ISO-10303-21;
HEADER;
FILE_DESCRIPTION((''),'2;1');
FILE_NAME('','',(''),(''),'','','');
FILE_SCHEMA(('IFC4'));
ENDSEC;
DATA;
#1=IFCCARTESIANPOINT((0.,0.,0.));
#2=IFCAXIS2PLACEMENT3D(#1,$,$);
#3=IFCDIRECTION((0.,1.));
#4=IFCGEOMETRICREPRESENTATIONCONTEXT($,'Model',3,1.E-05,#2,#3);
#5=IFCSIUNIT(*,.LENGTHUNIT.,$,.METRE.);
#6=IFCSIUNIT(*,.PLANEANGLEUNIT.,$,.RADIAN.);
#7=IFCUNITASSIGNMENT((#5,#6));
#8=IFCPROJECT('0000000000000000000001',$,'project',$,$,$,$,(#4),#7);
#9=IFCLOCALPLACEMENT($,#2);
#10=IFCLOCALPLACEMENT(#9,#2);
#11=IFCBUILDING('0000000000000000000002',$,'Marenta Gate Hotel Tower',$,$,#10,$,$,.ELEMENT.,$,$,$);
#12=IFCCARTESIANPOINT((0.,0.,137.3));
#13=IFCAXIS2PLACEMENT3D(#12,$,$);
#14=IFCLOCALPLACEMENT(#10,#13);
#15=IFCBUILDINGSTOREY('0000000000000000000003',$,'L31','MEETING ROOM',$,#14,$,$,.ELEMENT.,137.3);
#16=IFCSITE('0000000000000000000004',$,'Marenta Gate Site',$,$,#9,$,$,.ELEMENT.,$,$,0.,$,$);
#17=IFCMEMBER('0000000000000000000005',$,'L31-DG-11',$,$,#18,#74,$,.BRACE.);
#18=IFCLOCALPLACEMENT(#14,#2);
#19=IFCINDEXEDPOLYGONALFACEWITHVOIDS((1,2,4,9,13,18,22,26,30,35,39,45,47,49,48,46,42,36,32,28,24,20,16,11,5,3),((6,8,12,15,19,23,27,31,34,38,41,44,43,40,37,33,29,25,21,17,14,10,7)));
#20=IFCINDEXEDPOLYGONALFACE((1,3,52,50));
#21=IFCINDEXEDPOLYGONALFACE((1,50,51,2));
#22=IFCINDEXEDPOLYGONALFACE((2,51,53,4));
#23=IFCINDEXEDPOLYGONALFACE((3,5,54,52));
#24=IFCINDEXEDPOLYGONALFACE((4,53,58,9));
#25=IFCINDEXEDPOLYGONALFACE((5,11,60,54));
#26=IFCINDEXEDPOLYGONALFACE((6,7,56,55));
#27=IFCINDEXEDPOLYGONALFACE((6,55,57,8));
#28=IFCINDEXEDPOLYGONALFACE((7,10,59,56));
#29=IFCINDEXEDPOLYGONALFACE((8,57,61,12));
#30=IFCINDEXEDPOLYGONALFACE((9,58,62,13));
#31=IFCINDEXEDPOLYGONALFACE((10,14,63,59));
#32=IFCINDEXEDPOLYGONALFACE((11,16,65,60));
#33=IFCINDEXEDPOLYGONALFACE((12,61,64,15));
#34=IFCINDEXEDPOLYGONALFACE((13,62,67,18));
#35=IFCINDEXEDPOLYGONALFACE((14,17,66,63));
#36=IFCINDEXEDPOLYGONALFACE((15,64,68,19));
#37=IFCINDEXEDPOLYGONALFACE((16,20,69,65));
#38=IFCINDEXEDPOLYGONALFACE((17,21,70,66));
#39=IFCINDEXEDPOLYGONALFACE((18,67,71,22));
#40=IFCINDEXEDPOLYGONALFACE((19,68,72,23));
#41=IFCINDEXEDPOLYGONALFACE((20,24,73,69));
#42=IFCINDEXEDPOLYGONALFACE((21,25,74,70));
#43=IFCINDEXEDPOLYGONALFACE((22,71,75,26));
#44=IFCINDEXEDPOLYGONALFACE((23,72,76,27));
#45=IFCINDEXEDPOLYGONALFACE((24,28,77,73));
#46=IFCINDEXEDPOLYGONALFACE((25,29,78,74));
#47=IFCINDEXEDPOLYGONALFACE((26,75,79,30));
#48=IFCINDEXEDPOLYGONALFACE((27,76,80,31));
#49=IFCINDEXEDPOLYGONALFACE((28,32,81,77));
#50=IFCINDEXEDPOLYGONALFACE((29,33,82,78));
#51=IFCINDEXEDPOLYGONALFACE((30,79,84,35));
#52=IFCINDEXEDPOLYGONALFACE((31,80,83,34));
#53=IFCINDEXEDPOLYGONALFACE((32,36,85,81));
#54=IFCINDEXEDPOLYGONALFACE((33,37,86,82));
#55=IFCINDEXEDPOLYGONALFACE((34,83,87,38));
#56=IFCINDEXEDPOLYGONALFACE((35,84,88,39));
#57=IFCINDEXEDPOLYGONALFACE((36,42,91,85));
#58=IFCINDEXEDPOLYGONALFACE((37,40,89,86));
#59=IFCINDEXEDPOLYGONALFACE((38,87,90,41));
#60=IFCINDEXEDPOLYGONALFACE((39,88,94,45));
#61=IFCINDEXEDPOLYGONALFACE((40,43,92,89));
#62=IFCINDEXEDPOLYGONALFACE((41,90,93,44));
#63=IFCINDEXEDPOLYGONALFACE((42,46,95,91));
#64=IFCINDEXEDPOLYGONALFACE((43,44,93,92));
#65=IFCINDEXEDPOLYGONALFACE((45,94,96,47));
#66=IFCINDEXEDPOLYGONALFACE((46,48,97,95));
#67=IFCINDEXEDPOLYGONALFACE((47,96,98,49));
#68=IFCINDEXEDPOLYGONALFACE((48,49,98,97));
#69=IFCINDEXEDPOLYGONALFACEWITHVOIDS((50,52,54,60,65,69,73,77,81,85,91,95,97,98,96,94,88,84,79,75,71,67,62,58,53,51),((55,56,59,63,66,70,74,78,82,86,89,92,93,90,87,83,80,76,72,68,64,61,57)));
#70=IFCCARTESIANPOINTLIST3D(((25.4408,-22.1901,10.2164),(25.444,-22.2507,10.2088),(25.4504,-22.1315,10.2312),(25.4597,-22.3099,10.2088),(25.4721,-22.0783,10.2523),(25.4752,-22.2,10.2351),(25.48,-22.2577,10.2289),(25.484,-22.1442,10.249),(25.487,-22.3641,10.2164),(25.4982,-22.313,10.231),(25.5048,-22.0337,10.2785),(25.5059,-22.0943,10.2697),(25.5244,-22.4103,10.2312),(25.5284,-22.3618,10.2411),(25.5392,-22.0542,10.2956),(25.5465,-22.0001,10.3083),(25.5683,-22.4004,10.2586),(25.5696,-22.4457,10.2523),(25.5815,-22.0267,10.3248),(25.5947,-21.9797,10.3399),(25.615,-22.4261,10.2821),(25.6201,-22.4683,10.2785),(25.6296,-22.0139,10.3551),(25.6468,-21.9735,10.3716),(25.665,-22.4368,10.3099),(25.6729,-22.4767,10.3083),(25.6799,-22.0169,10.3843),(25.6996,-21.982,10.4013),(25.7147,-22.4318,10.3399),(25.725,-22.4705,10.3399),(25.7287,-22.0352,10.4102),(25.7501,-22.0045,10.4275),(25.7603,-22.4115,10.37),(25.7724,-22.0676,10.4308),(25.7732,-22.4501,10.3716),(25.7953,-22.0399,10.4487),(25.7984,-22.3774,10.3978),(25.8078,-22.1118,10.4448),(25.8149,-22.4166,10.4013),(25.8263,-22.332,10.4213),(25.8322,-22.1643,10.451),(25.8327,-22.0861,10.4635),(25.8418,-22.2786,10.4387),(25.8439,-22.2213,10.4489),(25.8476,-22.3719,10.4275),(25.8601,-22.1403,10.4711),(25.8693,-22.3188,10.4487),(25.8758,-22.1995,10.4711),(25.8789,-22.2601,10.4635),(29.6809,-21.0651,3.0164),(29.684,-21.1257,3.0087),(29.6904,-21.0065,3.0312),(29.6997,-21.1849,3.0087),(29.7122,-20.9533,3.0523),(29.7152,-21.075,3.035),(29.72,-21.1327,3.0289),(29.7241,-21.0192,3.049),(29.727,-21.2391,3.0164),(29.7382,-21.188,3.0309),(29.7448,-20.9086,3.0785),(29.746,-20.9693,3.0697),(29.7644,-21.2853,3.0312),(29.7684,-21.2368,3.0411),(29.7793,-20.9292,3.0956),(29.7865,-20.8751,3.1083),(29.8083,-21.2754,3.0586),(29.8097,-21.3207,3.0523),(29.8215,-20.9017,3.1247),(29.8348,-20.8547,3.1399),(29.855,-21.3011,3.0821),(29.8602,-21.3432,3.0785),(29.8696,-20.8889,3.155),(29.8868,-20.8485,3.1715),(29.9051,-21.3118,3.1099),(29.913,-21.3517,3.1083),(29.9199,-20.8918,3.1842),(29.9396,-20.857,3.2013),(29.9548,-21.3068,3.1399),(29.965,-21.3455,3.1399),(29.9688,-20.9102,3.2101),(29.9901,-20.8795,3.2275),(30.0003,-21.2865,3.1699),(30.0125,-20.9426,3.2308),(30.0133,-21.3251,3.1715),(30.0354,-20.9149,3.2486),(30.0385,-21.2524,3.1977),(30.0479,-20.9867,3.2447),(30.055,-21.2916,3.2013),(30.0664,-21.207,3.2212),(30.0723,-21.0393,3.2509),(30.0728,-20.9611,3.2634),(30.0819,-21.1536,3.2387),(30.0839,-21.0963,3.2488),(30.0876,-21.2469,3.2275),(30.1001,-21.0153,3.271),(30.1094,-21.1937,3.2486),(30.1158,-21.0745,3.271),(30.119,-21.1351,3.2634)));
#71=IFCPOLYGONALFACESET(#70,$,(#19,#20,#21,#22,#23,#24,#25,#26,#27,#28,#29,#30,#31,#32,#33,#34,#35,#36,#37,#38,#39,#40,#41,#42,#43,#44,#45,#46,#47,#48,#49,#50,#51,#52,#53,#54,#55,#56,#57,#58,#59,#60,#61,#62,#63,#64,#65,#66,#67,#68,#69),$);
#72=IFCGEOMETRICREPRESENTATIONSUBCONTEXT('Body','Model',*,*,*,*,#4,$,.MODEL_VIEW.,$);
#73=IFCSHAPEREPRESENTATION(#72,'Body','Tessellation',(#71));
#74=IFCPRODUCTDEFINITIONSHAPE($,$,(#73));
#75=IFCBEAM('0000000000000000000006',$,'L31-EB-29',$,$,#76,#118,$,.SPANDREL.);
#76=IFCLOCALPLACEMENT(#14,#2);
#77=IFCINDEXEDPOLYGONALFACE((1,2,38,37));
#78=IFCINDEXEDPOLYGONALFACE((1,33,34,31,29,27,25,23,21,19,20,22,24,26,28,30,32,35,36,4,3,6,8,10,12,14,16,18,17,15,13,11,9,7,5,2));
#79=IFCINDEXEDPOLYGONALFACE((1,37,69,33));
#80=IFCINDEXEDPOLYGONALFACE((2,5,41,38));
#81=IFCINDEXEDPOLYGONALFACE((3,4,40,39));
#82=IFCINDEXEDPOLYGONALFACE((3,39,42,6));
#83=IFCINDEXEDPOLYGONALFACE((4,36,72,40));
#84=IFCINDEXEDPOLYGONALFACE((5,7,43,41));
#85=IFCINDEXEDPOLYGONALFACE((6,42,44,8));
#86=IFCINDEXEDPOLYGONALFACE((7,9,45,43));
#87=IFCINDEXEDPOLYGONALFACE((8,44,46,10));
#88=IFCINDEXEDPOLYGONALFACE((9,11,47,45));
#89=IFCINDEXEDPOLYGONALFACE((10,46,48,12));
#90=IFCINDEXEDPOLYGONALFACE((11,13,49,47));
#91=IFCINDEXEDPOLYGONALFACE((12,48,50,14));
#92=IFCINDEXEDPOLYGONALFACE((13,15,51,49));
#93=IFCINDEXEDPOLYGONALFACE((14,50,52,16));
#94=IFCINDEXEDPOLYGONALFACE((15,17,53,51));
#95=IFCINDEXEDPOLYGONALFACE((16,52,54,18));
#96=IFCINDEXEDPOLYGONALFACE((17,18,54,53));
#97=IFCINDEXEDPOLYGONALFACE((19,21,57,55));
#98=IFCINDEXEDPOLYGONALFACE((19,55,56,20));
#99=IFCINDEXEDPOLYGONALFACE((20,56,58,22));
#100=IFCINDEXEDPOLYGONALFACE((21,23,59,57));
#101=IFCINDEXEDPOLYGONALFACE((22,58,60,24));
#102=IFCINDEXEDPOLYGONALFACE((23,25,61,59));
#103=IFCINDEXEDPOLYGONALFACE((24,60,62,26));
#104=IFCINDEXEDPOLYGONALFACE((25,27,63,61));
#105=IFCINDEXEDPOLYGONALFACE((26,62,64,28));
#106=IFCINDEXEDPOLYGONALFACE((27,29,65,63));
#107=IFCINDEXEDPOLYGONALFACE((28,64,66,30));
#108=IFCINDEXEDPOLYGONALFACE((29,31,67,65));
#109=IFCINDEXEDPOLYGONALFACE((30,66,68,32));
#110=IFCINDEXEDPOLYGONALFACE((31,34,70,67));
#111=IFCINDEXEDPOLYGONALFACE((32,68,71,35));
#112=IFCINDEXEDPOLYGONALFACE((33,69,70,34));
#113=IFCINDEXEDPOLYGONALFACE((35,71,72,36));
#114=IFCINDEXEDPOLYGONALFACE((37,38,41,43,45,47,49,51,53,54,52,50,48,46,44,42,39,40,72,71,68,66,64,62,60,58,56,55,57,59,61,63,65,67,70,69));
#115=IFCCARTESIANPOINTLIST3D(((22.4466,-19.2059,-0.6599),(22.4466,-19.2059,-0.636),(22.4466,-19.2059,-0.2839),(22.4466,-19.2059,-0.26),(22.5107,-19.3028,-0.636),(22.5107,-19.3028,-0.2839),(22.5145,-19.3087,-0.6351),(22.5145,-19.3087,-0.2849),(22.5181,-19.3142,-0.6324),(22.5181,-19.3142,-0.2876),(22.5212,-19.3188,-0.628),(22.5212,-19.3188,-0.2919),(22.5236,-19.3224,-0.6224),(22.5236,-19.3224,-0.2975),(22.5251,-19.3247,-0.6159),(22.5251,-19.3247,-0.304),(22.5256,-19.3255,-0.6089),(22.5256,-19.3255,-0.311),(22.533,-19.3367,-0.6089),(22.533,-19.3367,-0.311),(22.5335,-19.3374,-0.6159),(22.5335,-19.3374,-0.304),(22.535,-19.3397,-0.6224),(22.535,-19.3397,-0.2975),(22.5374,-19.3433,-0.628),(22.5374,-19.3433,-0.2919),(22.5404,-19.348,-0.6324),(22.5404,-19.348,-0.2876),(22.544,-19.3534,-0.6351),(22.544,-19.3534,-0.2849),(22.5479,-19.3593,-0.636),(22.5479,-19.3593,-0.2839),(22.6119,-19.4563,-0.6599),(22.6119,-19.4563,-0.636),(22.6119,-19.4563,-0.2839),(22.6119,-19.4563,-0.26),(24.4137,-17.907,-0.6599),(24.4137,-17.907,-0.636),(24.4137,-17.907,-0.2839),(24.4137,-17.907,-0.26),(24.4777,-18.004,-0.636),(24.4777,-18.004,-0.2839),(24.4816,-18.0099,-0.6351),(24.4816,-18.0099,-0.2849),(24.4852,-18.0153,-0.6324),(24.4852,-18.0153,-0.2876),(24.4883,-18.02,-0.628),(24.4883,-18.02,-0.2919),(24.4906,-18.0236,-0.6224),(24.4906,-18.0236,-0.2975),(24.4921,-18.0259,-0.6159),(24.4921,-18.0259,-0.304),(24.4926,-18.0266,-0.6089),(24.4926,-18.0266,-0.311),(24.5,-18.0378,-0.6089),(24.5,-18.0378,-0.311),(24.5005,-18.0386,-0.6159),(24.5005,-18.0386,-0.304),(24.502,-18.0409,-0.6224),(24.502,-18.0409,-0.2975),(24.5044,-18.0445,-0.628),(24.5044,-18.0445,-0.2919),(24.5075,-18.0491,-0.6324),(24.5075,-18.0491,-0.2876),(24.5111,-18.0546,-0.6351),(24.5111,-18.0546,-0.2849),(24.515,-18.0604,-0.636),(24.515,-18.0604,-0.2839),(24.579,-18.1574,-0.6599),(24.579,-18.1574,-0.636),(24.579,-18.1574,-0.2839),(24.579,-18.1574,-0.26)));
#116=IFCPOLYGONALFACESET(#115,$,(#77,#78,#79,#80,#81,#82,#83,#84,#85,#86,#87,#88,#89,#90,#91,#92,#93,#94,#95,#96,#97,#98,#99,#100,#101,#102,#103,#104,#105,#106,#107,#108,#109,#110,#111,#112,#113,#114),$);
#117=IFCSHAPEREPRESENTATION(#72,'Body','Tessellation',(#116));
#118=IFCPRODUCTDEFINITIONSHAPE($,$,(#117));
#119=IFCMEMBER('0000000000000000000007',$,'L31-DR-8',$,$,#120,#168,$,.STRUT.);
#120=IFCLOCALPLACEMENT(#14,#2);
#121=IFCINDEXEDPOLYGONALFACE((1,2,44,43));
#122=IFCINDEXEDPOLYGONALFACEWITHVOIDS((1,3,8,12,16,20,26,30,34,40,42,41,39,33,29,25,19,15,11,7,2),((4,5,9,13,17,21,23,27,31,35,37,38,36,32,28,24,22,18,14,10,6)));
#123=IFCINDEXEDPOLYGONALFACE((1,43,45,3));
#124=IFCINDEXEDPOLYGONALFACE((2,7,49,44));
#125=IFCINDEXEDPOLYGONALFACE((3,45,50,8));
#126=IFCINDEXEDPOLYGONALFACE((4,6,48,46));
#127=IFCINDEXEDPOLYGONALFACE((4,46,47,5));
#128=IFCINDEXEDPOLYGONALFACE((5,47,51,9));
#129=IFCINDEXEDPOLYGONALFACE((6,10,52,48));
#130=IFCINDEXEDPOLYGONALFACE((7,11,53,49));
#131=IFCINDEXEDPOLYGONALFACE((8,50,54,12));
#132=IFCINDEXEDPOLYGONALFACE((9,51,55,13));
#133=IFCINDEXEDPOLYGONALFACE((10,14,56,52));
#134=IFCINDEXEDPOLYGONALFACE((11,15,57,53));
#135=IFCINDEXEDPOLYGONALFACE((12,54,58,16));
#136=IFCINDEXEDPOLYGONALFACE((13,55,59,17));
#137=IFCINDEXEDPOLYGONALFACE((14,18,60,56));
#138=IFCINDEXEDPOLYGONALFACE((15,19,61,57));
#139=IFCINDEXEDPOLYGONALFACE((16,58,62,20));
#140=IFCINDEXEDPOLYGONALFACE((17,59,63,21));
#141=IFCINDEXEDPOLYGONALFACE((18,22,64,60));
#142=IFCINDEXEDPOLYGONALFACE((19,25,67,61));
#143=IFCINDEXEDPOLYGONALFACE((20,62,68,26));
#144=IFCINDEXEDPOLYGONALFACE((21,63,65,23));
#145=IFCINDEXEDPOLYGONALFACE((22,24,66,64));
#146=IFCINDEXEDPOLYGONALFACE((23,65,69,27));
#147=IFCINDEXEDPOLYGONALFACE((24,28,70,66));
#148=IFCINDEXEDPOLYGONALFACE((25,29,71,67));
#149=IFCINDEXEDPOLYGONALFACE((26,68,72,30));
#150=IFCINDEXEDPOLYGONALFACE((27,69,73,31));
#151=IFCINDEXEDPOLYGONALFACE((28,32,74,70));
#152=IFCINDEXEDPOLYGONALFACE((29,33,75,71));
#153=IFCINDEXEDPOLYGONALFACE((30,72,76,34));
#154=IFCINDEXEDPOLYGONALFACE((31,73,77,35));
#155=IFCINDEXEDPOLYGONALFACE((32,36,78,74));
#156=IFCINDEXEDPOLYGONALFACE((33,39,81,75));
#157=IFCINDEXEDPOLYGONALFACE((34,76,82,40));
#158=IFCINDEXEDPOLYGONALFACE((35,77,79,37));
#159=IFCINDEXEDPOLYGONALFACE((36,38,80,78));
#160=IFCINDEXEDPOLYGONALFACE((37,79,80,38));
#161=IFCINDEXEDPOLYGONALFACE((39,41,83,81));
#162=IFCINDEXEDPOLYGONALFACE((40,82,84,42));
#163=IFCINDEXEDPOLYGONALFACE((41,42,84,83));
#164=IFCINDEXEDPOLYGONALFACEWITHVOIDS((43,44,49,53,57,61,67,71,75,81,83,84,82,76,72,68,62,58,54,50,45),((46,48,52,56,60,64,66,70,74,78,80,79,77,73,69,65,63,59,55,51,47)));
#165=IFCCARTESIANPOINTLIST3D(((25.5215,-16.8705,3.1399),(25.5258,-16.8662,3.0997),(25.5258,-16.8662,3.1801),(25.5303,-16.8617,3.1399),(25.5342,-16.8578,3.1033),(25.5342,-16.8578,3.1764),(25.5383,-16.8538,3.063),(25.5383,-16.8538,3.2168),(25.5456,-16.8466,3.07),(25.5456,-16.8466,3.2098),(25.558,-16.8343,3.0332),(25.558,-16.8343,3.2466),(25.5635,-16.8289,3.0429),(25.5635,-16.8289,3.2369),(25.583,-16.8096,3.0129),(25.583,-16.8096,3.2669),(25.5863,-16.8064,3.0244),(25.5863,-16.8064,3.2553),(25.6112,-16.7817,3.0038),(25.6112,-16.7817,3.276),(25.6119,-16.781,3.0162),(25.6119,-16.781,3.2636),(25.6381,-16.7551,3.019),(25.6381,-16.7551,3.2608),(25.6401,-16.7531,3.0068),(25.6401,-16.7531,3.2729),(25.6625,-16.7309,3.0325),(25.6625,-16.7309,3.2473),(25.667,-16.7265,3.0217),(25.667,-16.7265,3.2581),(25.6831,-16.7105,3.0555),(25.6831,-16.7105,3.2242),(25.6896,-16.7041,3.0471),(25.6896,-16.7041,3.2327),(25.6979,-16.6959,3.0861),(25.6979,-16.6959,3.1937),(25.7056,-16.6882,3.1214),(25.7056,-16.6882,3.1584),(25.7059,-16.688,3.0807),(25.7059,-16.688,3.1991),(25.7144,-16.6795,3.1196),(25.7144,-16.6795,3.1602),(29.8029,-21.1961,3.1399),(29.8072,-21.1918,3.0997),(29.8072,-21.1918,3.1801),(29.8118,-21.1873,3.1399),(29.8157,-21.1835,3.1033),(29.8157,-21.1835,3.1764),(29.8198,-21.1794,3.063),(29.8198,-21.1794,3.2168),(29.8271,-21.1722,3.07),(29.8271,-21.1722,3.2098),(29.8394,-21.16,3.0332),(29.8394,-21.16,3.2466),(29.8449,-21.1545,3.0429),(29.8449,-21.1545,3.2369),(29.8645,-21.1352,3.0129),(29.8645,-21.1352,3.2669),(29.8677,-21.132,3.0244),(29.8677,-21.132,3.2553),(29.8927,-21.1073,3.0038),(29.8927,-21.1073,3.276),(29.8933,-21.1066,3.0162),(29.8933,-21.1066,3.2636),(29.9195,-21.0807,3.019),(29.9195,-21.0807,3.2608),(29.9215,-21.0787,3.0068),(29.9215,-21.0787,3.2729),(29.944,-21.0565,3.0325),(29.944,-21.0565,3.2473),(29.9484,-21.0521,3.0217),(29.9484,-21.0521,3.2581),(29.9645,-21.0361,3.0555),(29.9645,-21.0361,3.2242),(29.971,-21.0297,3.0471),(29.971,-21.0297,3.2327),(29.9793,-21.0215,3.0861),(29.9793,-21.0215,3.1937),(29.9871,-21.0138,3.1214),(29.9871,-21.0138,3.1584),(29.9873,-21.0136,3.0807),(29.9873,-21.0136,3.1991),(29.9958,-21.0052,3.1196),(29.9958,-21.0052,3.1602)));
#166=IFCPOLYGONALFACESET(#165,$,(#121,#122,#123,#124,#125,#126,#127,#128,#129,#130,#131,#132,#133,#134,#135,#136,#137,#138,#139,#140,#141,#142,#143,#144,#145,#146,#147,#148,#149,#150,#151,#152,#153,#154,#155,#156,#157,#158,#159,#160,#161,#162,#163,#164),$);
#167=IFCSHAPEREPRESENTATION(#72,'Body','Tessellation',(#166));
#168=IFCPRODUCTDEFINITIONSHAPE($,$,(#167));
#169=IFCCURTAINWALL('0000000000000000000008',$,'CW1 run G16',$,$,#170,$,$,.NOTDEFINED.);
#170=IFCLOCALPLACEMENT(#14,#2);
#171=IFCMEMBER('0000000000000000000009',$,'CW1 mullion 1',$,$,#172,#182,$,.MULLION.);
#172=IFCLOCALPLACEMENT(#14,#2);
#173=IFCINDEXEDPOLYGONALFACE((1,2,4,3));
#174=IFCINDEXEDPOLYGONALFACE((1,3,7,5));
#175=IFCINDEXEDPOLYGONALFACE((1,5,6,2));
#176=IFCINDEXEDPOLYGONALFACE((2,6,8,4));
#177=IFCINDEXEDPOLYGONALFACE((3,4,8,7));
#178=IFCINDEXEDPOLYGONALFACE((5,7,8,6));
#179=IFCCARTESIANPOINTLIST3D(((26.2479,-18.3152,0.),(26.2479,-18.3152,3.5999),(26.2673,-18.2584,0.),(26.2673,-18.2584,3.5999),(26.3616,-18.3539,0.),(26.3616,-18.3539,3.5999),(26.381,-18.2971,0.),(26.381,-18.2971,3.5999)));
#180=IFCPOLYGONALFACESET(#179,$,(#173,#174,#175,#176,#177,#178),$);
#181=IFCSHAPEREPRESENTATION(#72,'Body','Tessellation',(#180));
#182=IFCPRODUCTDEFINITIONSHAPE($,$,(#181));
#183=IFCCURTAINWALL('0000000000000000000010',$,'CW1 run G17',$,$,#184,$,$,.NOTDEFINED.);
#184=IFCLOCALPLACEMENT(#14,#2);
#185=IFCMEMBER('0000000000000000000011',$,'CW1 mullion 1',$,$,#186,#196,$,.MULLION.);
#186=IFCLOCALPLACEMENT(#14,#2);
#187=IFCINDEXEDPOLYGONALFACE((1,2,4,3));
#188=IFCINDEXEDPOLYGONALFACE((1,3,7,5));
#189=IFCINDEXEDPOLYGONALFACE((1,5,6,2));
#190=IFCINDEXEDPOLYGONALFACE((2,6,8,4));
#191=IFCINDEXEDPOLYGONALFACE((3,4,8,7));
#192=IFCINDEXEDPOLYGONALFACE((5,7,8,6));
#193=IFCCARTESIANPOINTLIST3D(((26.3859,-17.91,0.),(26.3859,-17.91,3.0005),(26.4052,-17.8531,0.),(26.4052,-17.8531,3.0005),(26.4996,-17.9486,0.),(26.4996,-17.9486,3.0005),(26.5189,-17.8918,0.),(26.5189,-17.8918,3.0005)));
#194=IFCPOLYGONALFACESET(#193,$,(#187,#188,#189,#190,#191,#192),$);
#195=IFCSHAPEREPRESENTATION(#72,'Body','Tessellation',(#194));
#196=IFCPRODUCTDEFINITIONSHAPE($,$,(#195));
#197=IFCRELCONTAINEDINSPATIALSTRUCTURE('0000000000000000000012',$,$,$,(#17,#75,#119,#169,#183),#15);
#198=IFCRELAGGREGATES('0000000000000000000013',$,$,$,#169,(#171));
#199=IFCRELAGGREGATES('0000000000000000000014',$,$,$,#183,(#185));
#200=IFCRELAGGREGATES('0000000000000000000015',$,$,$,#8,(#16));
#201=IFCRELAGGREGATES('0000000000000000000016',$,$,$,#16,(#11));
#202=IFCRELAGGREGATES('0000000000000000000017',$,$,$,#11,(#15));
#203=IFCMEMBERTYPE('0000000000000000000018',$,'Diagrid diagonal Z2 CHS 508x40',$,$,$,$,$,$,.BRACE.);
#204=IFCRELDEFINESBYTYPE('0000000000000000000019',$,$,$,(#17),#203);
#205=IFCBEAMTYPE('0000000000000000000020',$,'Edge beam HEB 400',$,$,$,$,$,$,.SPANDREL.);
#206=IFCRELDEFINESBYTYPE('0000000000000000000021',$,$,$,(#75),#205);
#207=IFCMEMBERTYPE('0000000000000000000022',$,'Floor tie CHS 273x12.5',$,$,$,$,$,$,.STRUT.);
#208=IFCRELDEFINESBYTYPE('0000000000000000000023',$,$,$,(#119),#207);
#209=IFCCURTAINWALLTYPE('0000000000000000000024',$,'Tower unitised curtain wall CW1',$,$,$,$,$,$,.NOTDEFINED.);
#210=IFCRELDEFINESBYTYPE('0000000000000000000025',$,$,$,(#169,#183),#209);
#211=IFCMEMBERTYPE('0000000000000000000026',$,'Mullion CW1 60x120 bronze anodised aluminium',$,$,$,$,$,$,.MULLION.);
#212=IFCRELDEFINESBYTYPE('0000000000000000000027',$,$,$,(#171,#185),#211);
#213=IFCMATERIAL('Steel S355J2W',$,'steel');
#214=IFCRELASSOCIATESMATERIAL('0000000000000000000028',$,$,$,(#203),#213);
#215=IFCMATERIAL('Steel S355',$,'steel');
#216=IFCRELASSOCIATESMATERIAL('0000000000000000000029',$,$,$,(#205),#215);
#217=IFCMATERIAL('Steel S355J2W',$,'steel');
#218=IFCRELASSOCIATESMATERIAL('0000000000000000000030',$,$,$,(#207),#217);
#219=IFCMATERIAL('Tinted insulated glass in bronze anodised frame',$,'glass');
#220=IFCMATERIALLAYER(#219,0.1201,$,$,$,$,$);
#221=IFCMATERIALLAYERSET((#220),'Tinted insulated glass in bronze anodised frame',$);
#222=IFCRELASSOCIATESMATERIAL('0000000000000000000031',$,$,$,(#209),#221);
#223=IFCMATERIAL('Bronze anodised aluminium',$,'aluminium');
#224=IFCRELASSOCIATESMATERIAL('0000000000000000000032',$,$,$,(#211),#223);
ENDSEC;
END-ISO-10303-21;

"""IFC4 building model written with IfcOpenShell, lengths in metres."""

from ifc_helpers import new_model, si_unit, direction, frame, origin, origin_2d, place, context, subcontext, project, spatial, rectangle, hollow_circle, i_section, extrude, material, layer, layer_set, material_profile, profile_set, type_object, element, aggregate, save


model = new_model("IFC4")

# Units and contexts
model_context = context("Model", 3, precision=1e-05, world=origin(), true_north=direction((0.0, 1.0)))
body_context = subcontext(model_context, "Body", "Model", "MODEL_VIEW")
ifc_project = project(units=[si_unit("LENGTHUNIT", "METRE"), si_unit("PLANEANGLEUNIT", "RADIAN")], contexts=[model_context])

# Site, building, storey
site_placement = place(None, origin())
site = spatial("IfcSite", under=ifc_project, at=site_placement, Name="Marenta Gate Site", CompositionType="ELEMENT", RefElevation=0.0)
building_placement = place(site_placement, origin())
building = spatial("IfcBuilding", under=site, at=building_placement, Name="Marenta Gate Hotel Tower", CompositionType="ELEMENT")
storey_placement = place(building_placement, frame((0.0, 0.0, 137.3)))
storey = spatial("IfcBuildingStorey", under=building, at=storey_placement, Name="L31", Description="MEETING ROOM", CompositionType="ELEMENT", Elevation=137.3)

# Member
ifc_material_1 = material(Name="Steel S355J2W", Category="steel")
ifc_material_profile_1 = material_profile(ifc_material_1, hollow_circle(Radius=0.2539, WallThickness=0.04, at=origin_2d()), Name="CHS 508x40")
ifc_profile_set_1 = profile_set([ifc_material_profile_1], Name="Steel S355J2W")
member_type_1 = type_object("IfcMemberType", Name="Diagrid diagonal Z2 CHS 508x40", PredefinedType="BRACE", material=ifc_profile_set_1)
member_1_placement = place(storey_placement, frame((29.8999, -21.1001, 3.1399), z_axis=(-0.502902, -0.133435, 0.853981), x_axis=(0.256457, -0.966556, 0.0)))
element("IfcMember", 1, at=member_1_placement, inside=storey, type_object=member_type_1, Name="L31-DG-11", PredefinedType="BRACE", context=body_context, shape_type="SweptSolid", body=[
    extrude(hollow_circle(Radius=0.2539, WallThickness=0.04, at=origin_2d()), origin(), (0.0, 0.0, 1.0), 8.4312),
])

# Beam
ifc_material_2 = material(Name="Steel S355", Category="steel")
ifc_material_profile_2 = material_profile(ifc_material_2, i_section(OverallWidth=0.3, OverallDepth=0.3999, WebThickness=0.0134, FlangeThickness=0.0239, FilletRadius=0.0271, at=origin_2d()), Name="HEB 400")
ifc_profile_set_2 = profile_set([ifc_material_profile_2], Name="Steel S355")
beam_type = type_object("IfcBeamType", Name="Edge beam HEB 400", PredefinedType="SPANDREL", material=ifc_profile_set_2)
beam_placement = place(storey_placement, frame((24.4963, -18.0322, -0.46), z_axis=(-0.834496, -0.551014, 0.0), x_axis=(0.551014, -0.834496, 0.0)))
element("IfcBeam", 2, at=beam_placement, inside=storey, type_object=beam_type, Name="L31-EB-29", PredefinedType="SPANDREL", context=body_context, shape_type="SweptSolid", body=[
    extrude(i_section(OverallWidth=0.3, OverallDepth=0.3999, WebThickness=0.0134, FlangeThickness=0.0239, FilletRadius=0.0271, at=origin_2d()), origin(), (0.0, 0.0, 1.0), 2.3572),
])

# Member
ifc_material_3 = material(Name="Steel S355J2W", Category="steel")
ifc_material_profile_3 = material_profile(ifc_material_3, hollow_circle(Radius=0.1365, WallThickness=0.0125, at=origin_2d()), Name="CHS 273x12.5")
ifc_profile_set_3 = profile_set([ifc_material_profile_3], Name="Steel S355J2W")
member_type_2 = type_object("IfcMemberType", Name="Floor tie CHS 273x12.5", PredefinedType="STRUT", material=ifc_profile_set_3)
member_2_placement = place(storey_placement, frame((29.8999, -21.1001, 3.1399), z_axis=(-0.703467, 0.710728, 0.0), x_axis=(-0.710728, -0.703467, 0.0)))
element("IfcMember", 3, at=member_2_placement, inside=storey, type_object=member_type_2, Name="L31-DR-8", PredefinedType="STRUT", context=body_context, shape_type="SweptSolid", body=[
    extrude(hollow_circle(Radius=0.1365, WallThickness=0.0125, at=origin_2d()), origin(), (0.0, 0.0, 1.0), 6.0862),
])

# Curtain walls, members
ifc_material_4 = material(Name="Tinted insulated glass in bronze anodised frame", Category="glass")
ifc_layer_1 = layer(ifc_material_4, 0.1201)
ifc_layer_set_1 = layer_set([ifc_layer_1], Name="Tinted insulated glass in bronze anodised frame")
curtain_wall_type = type_object("IfcCurtainWallType", Name="Tower unitised curtain wall CW1", PredefinedType="NOTDEFINED", material=ifc_layer_set_1)
curtain_wall_1_placement = place(storey_placement, origin())
curtain_wall_1 = element("IfcCurtainWall", 4, at=curtain_wall_1_placement, inside=storey, type_object=curtain_wall_type, Name="CW1 run G16", PredefinedType="NOTDEFINED")
ifc_material_5 = material(Name="Bronze anodised aluminium", Category="aluminium")
ifc_material_profile_4 = material_profile(ifc_material_5, rectangle(XDim=0.1201, YDim=0.0601, at=origin_2d()), Name="Mullion CW1 60x120 bronze anodised aluminium")
ifc_profile_set_4 = profile_set([ifc_material_profile_4], Name="Bronze anodised aluminium")
member_type_3 = type_object("IfcMemberType", Name="Mullion CW1 60x120 bronze anodised aluminium", PredefinedType="MULLION", material=ifc_profile_set_4)
member_3_placement = place(storey_placement, frame((26.3145, -18.3062, 0.0), z_axis=(0.0, 0.0, 1.0), x_axis=(-0.946727, 0.322037, 0.0)))
member_3 = element("IfcMember", 5, at=member_3_placement, type_object=member_type_3, Name="CW1 mullion 1", PredefinedType="MULLION", context=body_context, shape_type="SweptSolid", body=[
    extrude(rectangle(XDim=0.1201, YDim=0.0601, at=origin_2d()), origin(), (0.0, 0.0, 1.0), 3.5999),
])
curtain_wall_2_placement = place(storey_placement, origin())
curtain_wall_2 = element("IfcCurtainWall", 6, at=curtain_wall_2_placement, inside=storey, type_object=curtain_wall_type, Name="CW1 run G17", PredefinedType="NOTDEFINED")
member_4_placement = place(storey_placement, frame((26.4524, -17.9009, 0.0), z_axis=(0.0, 0.0, 1.0), x_axis=(-0.946729, 0.32203, 0.0)))
member_4 = element("IfcMember", 7, at=member_4_placement, type_object=member_type_3, Name="CW1 mullion 1", PredefinedType="MULLION", context=body_context, shape_type="SweptSolid", body=[
    extrude(rectangle(XDim=0.1201, YDim=0.0601, at=origin_2d()), origin(), (0.0, 0.0, 1.0), 3.0005),
])

aggregate(curtain_wall_1, [member_3])
aggregate(curtain_wall_2, [member_4])

save(model, "model.ifc")
